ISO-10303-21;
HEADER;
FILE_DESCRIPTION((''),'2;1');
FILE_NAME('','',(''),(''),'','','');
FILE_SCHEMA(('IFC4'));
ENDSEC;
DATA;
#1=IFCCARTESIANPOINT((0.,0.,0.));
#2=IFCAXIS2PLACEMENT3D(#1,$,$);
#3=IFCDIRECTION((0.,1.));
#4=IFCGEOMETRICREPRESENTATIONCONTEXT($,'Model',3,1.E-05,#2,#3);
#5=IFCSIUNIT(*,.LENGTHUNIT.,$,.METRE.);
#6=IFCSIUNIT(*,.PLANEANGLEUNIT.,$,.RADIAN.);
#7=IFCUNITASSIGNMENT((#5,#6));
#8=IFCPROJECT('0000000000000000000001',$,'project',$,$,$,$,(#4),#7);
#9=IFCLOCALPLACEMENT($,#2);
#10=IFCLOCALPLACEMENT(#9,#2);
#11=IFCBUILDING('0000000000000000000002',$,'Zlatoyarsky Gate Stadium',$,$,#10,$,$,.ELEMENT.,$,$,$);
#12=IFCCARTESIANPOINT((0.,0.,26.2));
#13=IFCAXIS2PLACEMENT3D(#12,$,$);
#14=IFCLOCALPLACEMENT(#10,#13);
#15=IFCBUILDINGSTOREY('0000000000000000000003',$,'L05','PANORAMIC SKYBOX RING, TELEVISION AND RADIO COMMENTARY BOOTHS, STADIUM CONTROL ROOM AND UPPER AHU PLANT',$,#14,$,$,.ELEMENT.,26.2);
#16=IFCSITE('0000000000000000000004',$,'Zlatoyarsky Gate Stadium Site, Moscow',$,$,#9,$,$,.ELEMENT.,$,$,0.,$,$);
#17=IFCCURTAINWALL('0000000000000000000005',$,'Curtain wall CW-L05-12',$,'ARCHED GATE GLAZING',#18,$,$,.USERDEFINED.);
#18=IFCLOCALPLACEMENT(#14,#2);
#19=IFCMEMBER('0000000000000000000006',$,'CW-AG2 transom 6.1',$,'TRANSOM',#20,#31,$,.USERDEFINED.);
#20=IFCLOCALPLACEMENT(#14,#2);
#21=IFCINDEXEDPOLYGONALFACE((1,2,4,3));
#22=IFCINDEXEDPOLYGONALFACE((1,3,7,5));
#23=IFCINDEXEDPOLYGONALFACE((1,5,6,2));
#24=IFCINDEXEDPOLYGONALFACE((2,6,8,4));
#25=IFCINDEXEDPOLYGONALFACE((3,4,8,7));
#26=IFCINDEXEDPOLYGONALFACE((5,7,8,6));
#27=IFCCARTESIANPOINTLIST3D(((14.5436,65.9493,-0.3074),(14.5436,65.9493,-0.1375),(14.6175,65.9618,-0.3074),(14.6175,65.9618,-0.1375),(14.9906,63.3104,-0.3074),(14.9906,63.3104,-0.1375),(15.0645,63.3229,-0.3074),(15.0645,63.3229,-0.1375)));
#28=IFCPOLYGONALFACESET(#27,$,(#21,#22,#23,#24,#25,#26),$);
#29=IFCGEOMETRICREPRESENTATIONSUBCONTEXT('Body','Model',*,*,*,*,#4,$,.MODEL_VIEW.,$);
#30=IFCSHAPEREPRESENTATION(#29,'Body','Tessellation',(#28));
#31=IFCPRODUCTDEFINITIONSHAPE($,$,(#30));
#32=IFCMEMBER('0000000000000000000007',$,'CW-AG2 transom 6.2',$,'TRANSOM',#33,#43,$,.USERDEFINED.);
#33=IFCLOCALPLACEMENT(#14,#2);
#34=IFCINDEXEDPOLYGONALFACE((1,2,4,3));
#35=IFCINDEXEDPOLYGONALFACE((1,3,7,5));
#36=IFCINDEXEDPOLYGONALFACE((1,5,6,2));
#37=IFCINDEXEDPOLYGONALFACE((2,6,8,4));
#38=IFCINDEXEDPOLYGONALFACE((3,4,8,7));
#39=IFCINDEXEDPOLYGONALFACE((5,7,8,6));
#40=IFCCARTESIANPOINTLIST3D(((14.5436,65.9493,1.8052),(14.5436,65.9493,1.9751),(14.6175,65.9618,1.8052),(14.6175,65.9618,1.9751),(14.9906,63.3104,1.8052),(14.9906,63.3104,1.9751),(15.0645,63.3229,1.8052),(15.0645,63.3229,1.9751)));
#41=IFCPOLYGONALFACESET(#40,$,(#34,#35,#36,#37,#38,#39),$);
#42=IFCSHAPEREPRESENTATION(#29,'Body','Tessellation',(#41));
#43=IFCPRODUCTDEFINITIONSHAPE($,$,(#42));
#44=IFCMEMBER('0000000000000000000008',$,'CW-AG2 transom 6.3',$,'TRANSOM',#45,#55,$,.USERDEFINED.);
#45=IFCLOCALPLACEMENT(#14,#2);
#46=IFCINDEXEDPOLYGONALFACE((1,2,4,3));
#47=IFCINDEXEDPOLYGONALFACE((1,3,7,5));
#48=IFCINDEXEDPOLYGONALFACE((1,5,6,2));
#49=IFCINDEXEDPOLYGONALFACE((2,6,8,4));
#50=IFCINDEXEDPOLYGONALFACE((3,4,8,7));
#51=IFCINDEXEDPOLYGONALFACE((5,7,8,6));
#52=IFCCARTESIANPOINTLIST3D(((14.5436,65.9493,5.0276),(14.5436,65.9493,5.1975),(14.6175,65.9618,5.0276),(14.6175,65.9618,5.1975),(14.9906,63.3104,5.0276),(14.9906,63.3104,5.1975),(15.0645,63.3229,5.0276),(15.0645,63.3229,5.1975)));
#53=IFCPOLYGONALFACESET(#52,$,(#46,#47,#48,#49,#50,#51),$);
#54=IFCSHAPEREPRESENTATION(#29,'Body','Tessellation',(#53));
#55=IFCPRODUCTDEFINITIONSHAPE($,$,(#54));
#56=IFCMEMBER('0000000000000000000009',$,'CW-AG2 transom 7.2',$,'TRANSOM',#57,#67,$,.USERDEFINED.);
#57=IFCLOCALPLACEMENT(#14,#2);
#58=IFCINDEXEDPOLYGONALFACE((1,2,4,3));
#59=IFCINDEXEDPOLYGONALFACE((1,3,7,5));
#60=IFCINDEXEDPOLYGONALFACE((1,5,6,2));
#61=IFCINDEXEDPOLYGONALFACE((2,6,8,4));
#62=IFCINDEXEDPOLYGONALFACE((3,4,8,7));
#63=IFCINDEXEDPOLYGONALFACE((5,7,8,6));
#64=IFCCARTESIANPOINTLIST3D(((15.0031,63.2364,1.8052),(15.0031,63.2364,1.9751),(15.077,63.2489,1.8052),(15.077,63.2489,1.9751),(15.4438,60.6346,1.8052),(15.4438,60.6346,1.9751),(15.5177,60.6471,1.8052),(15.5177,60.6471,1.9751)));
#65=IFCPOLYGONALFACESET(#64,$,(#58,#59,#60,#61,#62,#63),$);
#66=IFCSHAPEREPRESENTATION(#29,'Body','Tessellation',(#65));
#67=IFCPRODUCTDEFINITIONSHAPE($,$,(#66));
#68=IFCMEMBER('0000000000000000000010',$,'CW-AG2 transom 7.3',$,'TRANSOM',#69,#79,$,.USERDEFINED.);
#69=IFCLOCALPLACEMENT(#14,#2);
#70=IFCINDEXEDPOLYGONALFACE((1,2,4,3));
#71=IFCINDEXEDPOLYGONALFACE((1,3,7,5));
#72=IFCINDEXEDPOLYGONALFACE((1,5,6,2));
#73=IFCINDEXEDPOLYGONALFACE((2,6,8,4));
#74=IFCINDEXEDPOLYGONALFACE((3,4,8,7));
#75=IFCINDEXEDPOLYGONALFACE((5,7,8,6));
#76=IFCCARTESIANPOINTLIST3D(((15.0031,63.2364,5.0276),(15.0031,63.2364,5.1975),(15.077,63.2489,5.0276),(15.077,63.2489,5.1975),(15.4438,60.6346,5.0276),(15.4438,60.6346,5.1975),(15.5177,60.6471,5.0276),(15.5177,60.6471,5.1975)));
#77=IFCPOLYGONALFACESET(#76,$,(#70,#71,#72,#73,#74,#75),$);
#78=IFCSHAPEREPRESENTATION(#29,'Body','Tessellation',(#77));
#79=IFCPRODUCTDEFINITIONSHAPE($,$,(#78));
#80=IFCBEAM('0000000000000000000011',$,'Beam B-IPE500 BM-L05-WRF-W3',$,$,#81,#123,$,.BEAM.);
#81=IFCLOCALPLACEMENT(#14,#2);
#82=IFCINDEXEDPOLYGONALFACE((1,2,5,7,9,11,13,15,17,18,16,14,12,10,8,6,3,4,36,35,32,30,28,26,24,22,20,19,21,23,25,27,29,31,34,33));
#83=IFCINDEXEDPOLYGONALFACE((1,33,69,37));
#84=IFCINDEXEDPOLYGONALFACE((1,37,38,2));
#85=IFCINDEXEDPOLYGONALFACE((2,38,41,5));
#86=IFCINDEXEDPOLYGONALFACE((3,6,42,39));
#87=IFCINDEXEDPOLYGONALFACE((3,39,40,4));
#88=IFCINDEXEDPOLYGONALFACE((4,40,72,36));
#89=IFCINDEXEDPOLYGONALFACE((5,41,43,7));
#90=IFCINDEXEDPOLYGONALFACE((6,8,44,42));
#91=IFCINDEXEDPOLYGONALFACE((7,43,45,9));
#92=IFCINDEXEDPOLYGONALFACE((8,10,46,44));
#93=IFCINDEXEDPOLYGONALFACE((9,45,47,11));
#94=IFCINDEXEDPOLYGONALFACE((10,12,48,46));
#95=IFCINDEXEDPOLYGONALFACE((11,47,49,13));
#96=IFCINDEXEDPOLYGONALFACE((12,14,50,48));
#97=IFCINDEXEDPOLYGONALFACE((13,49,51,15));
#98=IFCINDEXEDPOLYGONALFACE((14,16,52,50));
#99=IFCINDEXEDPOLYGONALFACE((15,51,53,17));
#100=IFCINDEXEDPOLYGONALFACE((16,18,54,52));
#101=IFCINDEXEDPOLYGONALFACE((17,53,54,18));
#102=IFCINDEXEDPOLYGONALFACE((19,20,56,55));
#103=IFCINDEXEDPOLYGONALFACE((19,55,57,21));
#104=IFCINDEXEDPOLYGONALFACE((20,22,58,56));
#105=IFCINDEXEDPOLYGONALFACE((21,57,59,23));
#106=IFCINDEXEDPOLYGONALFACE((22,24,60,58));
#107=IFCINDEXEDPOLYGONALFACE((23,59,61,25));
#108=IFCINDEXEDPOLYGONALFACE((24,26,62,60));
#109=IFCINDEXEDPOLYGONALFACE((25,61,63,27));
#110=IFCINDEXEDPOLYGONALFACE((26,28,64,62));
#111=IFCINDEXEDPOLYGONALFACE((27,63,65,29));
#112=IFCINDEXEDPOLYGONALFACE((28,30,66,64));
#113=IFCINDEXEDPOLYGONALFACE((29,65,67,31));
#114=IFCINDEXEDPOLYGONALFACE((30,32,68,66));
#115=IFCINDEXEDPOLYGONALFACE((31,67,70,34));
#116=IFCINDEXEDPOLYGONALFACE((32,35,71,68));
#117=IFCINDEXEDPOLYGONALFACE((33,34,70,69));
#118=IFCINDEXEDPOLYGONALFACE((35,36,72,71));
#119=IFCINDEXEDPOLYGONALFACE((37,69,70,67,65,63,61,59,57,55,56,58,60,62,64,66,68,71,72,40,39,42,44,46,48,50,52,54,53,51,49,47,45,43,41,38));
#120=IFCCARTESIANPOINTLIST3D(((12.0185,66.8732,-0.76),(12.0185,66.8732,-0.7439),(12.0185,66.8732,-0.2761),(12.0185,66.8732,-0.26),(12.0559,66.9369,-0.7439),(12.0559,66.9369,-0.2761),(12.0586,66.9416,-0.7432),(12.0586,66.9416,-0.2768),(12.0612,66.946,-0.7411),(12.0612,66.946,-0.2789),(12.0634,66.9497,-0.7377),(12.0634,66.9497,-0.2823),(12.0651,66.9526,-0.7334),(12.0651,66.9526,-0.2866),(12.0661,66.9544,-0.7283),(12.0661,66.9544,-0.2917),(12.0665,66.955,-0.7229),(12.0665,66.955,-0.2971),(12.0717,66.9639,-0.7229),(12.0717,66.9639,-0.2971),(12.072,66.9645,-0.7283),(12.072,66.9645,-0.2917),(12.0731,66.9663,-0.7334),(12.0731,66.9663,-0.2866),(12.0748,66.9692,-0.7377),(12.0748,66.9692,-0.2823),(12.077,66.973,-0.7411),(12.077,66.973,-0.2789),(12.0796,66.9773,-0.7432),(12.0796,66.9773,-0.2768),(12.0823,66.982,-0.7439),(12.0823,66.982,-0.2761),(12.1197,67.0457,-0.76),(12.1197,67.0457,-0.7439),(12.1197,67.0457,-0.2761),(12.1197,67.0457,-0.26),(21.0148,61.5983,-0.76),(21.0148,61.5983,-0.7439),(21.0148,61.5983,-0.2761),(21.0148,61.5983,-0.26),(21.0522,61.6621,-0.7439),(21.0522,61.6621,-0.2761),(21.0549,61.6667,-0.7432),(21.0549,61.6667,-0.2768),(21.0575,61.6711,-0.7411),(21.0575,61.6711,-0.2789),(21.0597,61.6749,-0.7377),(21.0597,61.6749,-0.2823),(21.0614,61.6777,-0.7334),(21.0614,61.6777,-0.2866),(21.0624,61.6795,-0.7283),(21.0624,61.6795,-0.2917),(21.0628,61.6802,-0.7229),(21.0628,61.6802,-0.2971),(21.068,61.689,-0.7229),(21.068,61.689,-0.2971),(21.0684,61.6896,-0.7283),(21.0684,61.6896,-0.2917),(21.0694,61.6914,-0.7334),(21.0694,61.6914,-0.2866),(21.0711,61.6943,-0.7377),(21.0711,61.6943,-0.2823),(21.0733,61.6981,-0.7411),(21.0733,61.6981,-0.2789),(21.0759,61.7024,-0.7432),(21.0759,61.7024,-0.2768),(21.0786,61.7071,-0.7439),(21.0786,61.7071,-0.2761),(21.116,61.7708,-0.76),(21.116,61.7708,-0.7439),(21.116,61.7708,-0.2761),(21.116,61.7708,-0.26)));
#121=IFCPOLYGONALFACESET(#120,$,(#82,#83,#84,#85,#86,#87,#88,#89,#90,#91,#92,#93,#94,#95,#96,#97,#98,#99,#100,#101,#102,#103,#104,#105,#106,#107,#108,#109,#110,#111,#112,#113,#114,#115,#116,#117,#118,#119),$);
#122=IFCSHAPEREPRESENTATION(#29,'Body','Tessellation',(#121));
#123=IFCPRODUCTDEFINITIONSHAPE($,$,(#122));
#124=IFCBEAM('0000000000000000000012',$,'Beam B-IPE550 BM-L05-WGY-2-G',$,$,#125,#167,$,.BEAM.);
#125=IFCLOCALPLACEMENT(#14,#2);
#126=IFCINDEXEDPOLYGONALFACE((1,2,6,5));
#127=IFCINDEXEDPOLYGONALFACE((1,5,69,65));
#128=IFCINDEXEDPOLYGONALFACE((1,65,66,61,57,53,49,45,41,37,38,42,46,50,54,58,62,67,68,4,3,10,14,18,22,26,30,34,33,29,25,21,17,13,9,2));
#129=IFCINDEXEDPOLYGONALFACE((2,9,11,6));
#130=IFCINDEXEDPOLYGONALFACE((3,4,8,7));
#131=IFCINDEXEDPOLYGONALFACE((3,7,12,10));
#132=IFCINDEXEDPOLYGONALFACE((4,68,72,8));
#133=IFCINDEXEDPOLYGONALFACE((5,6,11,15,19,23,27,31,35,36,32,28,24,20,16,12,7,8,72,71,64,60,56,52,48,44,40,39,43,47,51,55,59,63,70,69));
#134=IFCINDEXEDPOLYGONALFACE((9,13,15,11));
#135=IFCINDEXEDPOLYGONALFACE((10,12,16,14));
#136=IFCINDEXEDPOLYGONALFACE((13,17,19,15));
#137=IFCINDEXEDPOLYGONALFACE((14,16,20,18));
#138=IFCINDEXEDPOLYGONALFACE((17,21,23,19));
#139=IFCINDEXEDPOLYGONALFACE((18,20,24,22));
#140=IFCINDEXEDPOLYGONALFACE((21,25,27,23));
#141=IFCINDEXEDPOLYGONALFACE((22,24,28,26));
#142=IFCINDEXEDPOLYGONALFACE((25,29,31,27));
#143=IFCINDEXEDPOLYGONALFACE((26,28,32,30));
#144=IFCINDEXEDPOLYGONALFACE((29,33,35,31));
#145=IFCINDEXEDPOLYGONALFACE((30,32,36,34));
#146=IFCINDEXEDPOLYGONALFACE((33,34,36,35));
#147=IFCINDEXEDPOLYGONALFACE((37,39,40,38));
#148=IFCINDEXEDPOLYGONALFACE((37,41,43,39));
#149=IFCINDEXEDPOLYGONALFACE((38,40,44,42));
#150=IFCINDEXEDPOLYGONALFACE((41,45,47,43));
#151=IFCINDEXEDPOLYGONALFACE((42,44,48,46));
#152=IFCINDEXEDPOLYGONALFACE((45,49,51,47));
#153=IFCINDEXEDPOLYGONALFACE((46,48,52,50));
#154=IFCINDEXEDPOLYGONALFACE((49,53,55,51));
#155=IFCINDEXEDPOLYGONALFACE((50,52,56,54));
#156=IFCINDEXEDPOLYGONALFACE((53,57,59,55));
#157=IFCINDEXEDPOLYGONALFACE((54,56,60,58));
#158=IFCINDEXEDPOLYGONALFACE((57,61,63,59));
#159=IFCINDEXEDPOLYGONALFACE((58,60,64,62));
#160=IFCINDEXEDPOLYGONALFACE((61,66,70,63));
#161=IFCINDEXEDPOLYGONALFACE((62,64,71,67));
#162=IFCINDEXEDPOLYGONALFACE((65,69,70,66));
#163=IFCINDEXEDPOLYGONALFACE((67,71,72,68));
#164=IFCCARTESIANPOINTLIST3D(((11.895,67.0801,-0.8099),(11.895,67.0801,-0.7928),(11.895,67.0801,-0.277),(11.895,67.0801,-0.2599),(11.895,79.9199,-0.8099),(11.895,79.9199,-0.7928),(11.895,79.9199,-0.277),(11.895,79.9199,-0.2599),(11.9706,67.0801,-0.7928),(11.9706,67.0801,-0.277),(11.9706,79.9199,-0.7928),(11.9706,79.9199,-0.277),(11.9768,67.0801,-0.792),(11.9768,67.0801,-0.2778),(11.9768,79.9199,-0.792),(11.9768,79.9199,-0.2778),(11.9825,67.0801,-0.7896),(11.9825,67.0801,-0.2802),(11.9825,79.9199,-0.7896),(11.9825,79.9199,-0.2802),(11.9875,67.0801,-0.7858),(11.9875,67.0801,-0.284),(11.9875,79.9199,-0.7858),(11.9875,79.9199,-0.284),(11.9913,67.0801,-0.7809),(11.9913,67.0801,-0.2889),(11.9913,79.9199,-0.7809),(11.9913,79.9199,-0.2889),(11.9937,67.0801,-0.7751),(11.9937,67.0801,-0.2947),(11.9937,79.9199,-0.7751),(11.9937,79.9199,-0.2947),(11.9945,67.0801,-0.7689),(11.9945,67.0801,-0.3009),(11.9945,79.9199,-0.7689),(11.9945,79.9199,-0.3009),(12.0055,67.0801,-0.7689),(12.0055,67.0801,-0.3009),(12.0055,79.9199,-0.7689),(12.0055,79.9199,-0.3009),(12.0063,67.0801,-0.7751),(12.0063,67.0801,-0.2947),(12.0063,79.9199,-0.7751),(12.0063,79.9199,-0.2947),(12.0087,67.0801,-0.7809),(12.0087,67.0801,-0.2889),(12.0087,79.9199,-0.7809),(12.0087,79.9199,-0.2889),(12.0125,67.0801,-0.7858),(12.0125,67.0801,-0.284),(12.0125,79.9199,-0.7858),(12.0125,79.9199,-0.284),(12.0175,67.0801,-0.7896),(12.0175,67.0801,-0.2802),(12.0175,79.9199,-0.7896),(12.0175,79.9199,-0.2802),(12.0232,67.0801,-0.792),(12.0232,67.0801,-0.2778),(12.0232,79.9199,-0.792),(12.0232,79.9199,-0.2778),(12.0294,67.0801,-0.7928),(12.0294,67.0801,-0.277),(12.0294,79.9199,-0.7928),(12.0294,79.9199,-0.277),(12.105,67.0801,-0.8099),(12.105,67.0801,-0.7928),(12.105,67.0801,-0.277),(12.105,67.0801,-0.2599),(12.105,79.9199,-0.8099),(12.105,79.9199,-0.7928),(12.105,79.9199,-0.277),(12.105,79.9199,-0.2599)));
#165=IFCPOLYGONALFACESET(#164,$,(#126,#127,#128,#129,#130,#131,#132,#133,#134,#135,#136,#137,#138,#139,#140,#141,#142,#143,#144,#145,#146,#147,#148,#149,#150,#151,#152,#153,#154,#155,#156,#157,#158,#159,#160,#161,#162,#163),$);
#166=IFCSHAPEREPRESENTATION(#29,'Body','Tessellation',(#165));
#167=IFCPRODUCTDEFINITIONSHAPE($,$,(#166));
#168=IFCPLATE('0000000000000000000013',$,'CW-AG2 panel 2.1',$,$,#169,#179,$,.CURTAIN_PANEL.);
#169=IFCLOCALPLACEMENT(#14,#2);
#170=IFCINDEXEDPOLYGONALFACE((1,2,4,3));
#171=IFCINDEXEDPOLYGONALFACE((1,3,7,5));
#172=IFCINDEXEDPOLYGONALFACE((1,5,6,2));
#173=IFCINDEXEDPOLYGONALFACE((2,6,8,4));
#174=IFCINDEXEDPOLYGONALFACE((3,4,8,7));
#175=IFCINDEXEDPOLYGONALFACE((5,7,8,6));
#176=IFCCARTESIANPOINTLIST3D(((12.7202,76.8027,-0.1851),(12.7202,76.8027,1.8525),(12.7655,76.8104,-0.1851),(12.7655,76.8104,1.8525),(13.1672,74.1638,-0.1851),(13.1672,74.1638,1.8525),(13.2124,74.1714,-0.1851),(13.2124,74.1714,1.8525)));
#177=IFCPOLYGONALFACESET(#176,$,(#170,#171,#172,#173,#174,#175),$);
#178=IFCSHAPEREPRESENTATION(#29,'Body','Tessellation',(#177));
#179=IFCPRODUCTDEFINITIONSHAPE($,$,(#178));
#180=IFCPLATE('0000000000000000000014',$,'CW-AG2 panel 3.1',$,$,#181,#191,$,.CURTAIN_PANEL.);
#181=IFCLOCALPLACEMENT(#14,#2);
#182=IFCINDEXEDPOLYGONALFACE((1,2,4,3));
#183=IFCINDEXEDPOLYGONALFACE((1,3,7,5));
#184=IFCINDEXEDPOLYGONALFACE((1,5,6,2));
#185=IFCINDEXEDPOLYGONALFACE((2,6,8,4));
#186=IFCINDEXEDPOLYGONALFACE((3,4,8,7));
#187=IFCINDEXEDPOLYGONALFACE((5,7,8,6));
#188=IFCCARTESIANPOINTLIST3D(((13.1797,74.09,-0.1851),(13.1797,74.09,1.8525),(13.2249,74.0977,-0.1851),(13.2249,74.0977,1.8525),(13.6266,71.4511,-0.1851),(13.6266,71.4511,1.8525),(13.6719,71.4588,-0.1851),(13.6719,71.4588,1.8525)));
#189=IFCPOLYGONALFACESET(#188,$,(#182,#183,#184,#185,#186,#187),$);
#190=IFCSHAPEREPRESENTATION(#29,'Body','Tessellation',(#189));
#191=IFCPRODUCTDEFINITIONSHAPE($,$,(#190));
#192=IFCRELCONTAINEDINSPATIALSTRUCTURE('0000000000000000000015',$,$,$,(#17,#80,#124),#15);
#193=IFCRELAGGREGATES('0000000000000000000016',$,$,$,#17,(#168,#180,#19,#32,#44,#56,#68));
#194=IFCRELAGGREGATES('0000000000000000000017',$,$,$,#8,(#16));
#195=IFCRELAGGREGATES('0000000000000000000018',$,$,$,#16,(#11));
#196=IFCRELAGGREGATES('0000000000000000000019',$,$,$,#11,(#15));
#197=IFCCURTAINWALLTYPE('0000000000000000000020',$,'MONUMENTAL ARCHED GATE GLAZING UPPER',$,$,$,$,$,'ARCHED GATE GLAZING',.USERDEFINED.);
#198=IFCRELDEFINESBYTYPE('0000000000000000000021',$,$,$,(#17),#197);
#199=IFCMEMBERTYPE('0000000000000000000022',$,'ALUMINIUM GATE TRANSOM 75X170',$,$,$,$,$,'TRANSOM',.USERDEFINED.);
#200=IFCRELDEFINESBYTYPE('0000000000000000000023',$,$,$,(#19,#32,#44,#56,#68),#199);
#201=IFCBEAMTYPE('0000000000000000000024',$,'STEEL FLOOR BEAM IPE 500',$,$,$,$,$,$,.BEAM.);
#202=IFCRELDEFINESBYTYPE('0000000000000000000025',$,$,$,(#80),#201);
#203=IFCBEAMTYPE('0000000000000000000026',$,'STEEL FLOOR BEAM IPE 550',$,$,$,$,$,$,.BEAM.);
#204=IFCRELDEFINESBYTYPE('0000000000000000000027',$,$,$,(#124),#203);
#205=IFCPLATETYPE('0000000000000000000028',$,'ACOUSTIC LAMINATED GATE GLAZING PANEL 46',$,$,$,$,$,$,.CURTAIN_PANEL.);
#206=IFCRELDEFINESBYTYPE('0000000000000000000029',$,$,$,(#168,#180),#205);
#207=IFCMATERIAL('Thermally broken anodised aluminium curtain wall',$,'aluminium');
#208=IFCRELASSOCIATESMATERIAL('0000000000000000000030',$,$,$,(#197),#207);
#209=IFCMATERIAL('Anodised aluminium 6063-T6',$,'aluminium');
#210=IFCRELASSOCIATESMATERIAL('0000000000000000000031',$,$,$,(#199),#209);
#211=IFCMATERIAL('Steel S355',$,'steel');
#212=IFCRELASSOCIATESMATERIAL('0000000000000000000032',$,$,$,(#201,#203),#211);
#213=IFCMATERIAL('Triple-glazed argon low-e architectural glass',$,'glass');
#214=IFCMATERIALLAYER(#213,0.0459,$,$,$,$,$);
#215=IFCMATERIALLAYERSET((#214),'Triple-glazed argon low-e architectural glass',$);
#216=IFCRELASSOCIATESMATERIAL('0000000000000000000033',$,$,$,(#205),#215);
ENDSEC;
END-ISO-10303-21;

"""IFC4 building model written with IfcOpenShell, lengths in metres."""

from ifc_helpers import new_model, si_unit, direction, frame, origin, origin_2d, place, context, subcontext, project, spatial, rectangle, i_section, extrude, material, layer, layer_set, material_profile, profile_set, type_object, element, aggregate, save


model = new_model("IFC4")

# Units and contexts
model_context = context("Model", 3, precision=1e-05, world=origin(), true_north=direction((0.0, 1.0)))
body_context = subcontext(model_context, "Body", "Model", "MODEL_VIEW")
ifc_project = project(units=[si_unit("LENGTHUNIT", "METRE"), si_unit("PLANEANGLEUNIT", "RADIAN")], contexts=[model_context])

# Site, building, storey
site_placement = place(None, origin())
site = spatial("IfcSite", under=ifc_project, at=site_placement, Name="Zlatoyarsky Gate Stadium Site, Moscow", CompositionType="ELEMENT", RefElevation=0.0)
building_placement = place(site_placement, origin())
building = spatial("IfcBuilding", under=site, at=building_placement, Name="Zlatoyarsky Gate Stadium", CompositionType="ELEMENT")
storey_placement = place(building_placement, frame((0.0, 0.0, 26.2)))
storey = spatial("IfcBuildingStorey", under=building, at=storey_placement, Name="L05", Description="PANORAMIC SKYBOX RING, TELEVISION AND RADIO COMMENTARY BOOTHS, STADIUM CONTROL ROOM AND UPPER AHU PLANT", CompositionType="ELEMENT", Elevation=26.2)

# Curtain wall, members
ifc_material_1 = material(Name="Thermally broken anodised aluminium curtain wall", Category="aluminium")
curtain_wall_type = type_object("IfcCurtainWallType", Name="MONUMENTAL ARCHED GATE GLAZING UPPER", ElementType="ARCHED GATE GLAZING", PredefinedType="USERDEFINED", material=ifc_material_1)
curtain_wall_placement = place(storey_placement, origin())
curtain_wall = element("IfcCurtainWall", 1, at=curtain_wall_placement, inside=storey, type_object=curtain_wall_type, Name="Curtain wall CW-L05-12", ObjectType="ARCHED GATE GLAZING", PredefinedType="USERDEFINED")
ifc_material_2 = material(Name="Anodised aluminium 6063-T6", Category="aluminium")
ifc_material_profile_1 = material_profile(ifc_material_2, rectangle(XDim=0.075, YDim=0.1699, at=origin_2d()), Name="ALU 75X170")
ifc_profile_set_1 = profile_set([ifc_material_profile_1], Name="Anodised aluminium 6063-T6")
member_type_1 = type_object("IfcMemberType", Name="ALUMINIUM GATE TRANSOM 75X170", ElementType="TRANSOM", PredefinedType="USERDEFINED", material=ifc_profile_set_1)
member_1_placement = place(storey_placement, frame((14.5806, 65.9556, -0.2224), z_axis=(0.167017, -0.985954, 0.0), x_axis=(0.985954, 0.167017, 0.0)))
member_1 = element("IfcMember", 2, at=member_1_placement, type_object=member_type_1, Name="CW-AG2 transom 6.1", ObjectType="TRANSOM", PredefinedType="USERDEFINED", context=body_context, shape_type="SweptSolid", body=[
    extrude(rectangle(XDim=0.075, YDim=0.1699, at=origin_2d()), origin(), (0.0, 0.0, 1.0), 2.6765),
])
member_2_placement = place(storey_placement, frame((14.5806, 65.9556, 1.8901), z_axis=(0.167017, -0.985954, 0.0), x_axis=(0.985954, 0.167017, 0.0)))
member_2 = element("IfcMember", 3, at=member_2_placement, type_object=member_type_1, Name="CW-AG2 transom 6.2", ObjectType="TRANSOM", PredefinedType="USERDEFINED", context=body_context, shape_type="SweptSolid", body=[
    extrude(rectangle(XDim=0.075, YDim=0.1699, at=origin_2d()), origin(), (0.0, 0.0, 1.0), 2.6765),
])
member_3_placement = place(storey_placement, frame((14.5806, 65.9556, 5.1125), z_axis=(0.167017, -0.985954, 0.0), x_axis=(0.985954, 0.167017, 0.0)))
member_3 = element("IfcMember", 4, at=member_3_placement, type_object=member_type_1, Name="CW-AG2 transom 6.3", ObjectType="TRANSOM", PredefinedType="USERDEFINED", context=body_context, shape_type="SweptSolid", body=[
    extrude(rectangle(XDim=0.075, YDim=0.1699, at=origin_2d()), origin(), (0.0, 0.0, 1.0), 2.6765),
])
member_4_placement = place(storey_placement, frame((15.04, 63.2427, 1.8901), z_axis=(0.166994, -0.985958, 0.0), x_axis=(0.985958, 0.166994, 0.0)))
member_4 = element("IfcMember", 5, at=member_4_placement, type_object=member_type_1, Name="CW-AG2 transom 7.2", ObjectType="TRANSOM", PredefinedType="USERDEFINED", context=body_context, shape_type="SweptSolid", body=[
    extrude(rectangle(XDim=0.075, YDim=0.1699, at=origin_2d()), origin(), (0.0, 0.0, 1.0), 2.6389),
])
member_5_placement = place(storey_placement, frame((15.04, 63.2427, 5.1125), z_axis=(0.166994, -0.985958, 0.0), x_axis=(0.985958, 0.166994, 0.0)))
member_5 = element("IfcMember", 6, at=member_5_placement, type_object=member_type_1, Name="CW-AG2 transom 7.3", ObjectType="TRANSOM", PredefinedType="USERDEFINED", context=body_context, shape_type="SweptSolid", body=[
    extrude(rectangle(XDim=0.075, YDim=0.1699, at=origin_2d()), origin(), (0.0, 0.0, 1.0), 2.6389),
])

# Beams
ifc_material_3 = material(Name="Steel S355", Category="steel")
ifc_material_profile_2 = material_profile(ifc_material_3, i_section(OverallWidth=0.2, OverallDepth=0.5, WebThickness=0.0103, FlangeThickness=0.0161, FilletRadius=0.021, at=origin_2d()), Name="IPE 500")
ifc_profile_set_2 = profile_set([ifc_material_profile_2], Name="Steel S355")
beam_type_1 = type_object("IfcBeamType", Name="STEEL FLOOR BEAM IPE 500", PredefinedType="BEAM", material=ifc_profile_set_2)
beam_1_placement = place(storey_placement, frame((12.0691, 66.9595, -0.51), z_axis=(0.862648, -0.505804, 0.0), x_axis=(0.505804, 0.862648, 0.0)))
element("IfcBeam", 7, at=beam_1_placement, inside=storey, type_object=beam_type_1, Name="Beam B-IPE500 BM-L05-WRF-W3", PredefinedType="BEAM", context=body_context, shape_type="SweptSolid", body=[
    extrude(i_section(OverallWidth=0.2, OverallDepth=0.5, WebThickness=0.0103, FlangeThickness=0.0161, FilletRadius=0.021, at=origin_2d()), origin(), (0.0, 0.0, 1.0), 10.4287),
])
ifc_material_profile_3 = material_profile(ifc_material_3, i_section(OverallWidth=0.21, OverallDepth=0.55, WebThickness=0.011, FlangeThickness=0.0171, FilletRadius=0.0239, at=origin_2d()), Name="IPE 550")
ifc_profile_set_3 = profile_set([ifc_material_profile_3], Name="Steel S355")
beam_type_2 = type_object("IfcBeamType", Name="STEEL FLOOR BEAM IPE 550", PredefinedType="BEAM", material=ifc_profile_set_3)
beam_2_placement = place(storey_placement, frame((12.0, 67.0801, -0.5349), z_axis=(0.0, 1.0, 0.0), x_axis=(-1.0, 0.0, 0.0)))
element("IfcBeam", 8, at=beam_2_placement, inside=storey, type_object=beam_type_2, Name="Beam B-IPE550 BM-L05-WGY-2-G", PredefinedType="BEAM", context=body_context, shape_type="SweptSolid", body=[
    extrude(i_section(OverallWidth=0.21, OverallDepth=0.55, WebThickness=0.011, FlangeThickness=0.0171, FilletRadius=0.0239, at=origin_2d()), origin(), (0.0, 0.0, 1.0), 12.8398),
])

# Plates
ifc_material_4 = material(Name="Triple-glazed argon low-e architectural glass", Category="glass")
ifc_layer = layer(ifc_material_4, 0.0459)
ifc_layer_set = layer_set([ifc_layer], Name="Triple-glazed argon low-e architectural glass")
plate_type = type_object("IfcPlateType", Name="ACOUSTIC LAMINATED GATE GLAZING PANEL 46", PredefinedType="CURTAIN_PANEL", material=ifc_layer_set)
plate_1_placement = place(storey_placement, frame((12.9663, 75.4871, -0.1851), z_axis=(0.0, 0.0, 1.0), x_axis=(0.166995, -0.985958, 0.0)))
plate_1 = element("IfcPlate", 9, at=plate_1_placement, type_object=plate_type, Name="CW-AG2 panel 2.1", PredefinedType="CURTAIN_PANEL", context=body_context, shape_type="SweptSolid", body=[
    extrude(rectangle(XDim=2.6765, YDim=0.0459, at=origin_2d()), origin(), (0.0, 0.0, 1.0), 2.0376),
])
plate_2_placement = place(storey_placement, frame((13.4258, 72.7744, -0.1851), z_axis=(0.0, 0.0, 1.0), x_axis=(0.166995, -0.985958, 0.0)))
plate_2 = element("IfcPlate", 10, at=plate_2_placement, type_object=plate_type, Name="CW-AG2 panel 3.1", PredefinedType="CURTAIN_PANEL", context=body_context, shape_type="SweptSolid", body=[
    extrude(rectangle(XDim=2.6765, YDim=0.0459, at=origin_2d()), origin(), (0.0, 0.0, 1.0), 2.0376),
])
aggregate(curtain_wall, [plate_1, plate_2, member_1, member_2, member_3, member_4, member_5])

save(model, "model.ifc")
